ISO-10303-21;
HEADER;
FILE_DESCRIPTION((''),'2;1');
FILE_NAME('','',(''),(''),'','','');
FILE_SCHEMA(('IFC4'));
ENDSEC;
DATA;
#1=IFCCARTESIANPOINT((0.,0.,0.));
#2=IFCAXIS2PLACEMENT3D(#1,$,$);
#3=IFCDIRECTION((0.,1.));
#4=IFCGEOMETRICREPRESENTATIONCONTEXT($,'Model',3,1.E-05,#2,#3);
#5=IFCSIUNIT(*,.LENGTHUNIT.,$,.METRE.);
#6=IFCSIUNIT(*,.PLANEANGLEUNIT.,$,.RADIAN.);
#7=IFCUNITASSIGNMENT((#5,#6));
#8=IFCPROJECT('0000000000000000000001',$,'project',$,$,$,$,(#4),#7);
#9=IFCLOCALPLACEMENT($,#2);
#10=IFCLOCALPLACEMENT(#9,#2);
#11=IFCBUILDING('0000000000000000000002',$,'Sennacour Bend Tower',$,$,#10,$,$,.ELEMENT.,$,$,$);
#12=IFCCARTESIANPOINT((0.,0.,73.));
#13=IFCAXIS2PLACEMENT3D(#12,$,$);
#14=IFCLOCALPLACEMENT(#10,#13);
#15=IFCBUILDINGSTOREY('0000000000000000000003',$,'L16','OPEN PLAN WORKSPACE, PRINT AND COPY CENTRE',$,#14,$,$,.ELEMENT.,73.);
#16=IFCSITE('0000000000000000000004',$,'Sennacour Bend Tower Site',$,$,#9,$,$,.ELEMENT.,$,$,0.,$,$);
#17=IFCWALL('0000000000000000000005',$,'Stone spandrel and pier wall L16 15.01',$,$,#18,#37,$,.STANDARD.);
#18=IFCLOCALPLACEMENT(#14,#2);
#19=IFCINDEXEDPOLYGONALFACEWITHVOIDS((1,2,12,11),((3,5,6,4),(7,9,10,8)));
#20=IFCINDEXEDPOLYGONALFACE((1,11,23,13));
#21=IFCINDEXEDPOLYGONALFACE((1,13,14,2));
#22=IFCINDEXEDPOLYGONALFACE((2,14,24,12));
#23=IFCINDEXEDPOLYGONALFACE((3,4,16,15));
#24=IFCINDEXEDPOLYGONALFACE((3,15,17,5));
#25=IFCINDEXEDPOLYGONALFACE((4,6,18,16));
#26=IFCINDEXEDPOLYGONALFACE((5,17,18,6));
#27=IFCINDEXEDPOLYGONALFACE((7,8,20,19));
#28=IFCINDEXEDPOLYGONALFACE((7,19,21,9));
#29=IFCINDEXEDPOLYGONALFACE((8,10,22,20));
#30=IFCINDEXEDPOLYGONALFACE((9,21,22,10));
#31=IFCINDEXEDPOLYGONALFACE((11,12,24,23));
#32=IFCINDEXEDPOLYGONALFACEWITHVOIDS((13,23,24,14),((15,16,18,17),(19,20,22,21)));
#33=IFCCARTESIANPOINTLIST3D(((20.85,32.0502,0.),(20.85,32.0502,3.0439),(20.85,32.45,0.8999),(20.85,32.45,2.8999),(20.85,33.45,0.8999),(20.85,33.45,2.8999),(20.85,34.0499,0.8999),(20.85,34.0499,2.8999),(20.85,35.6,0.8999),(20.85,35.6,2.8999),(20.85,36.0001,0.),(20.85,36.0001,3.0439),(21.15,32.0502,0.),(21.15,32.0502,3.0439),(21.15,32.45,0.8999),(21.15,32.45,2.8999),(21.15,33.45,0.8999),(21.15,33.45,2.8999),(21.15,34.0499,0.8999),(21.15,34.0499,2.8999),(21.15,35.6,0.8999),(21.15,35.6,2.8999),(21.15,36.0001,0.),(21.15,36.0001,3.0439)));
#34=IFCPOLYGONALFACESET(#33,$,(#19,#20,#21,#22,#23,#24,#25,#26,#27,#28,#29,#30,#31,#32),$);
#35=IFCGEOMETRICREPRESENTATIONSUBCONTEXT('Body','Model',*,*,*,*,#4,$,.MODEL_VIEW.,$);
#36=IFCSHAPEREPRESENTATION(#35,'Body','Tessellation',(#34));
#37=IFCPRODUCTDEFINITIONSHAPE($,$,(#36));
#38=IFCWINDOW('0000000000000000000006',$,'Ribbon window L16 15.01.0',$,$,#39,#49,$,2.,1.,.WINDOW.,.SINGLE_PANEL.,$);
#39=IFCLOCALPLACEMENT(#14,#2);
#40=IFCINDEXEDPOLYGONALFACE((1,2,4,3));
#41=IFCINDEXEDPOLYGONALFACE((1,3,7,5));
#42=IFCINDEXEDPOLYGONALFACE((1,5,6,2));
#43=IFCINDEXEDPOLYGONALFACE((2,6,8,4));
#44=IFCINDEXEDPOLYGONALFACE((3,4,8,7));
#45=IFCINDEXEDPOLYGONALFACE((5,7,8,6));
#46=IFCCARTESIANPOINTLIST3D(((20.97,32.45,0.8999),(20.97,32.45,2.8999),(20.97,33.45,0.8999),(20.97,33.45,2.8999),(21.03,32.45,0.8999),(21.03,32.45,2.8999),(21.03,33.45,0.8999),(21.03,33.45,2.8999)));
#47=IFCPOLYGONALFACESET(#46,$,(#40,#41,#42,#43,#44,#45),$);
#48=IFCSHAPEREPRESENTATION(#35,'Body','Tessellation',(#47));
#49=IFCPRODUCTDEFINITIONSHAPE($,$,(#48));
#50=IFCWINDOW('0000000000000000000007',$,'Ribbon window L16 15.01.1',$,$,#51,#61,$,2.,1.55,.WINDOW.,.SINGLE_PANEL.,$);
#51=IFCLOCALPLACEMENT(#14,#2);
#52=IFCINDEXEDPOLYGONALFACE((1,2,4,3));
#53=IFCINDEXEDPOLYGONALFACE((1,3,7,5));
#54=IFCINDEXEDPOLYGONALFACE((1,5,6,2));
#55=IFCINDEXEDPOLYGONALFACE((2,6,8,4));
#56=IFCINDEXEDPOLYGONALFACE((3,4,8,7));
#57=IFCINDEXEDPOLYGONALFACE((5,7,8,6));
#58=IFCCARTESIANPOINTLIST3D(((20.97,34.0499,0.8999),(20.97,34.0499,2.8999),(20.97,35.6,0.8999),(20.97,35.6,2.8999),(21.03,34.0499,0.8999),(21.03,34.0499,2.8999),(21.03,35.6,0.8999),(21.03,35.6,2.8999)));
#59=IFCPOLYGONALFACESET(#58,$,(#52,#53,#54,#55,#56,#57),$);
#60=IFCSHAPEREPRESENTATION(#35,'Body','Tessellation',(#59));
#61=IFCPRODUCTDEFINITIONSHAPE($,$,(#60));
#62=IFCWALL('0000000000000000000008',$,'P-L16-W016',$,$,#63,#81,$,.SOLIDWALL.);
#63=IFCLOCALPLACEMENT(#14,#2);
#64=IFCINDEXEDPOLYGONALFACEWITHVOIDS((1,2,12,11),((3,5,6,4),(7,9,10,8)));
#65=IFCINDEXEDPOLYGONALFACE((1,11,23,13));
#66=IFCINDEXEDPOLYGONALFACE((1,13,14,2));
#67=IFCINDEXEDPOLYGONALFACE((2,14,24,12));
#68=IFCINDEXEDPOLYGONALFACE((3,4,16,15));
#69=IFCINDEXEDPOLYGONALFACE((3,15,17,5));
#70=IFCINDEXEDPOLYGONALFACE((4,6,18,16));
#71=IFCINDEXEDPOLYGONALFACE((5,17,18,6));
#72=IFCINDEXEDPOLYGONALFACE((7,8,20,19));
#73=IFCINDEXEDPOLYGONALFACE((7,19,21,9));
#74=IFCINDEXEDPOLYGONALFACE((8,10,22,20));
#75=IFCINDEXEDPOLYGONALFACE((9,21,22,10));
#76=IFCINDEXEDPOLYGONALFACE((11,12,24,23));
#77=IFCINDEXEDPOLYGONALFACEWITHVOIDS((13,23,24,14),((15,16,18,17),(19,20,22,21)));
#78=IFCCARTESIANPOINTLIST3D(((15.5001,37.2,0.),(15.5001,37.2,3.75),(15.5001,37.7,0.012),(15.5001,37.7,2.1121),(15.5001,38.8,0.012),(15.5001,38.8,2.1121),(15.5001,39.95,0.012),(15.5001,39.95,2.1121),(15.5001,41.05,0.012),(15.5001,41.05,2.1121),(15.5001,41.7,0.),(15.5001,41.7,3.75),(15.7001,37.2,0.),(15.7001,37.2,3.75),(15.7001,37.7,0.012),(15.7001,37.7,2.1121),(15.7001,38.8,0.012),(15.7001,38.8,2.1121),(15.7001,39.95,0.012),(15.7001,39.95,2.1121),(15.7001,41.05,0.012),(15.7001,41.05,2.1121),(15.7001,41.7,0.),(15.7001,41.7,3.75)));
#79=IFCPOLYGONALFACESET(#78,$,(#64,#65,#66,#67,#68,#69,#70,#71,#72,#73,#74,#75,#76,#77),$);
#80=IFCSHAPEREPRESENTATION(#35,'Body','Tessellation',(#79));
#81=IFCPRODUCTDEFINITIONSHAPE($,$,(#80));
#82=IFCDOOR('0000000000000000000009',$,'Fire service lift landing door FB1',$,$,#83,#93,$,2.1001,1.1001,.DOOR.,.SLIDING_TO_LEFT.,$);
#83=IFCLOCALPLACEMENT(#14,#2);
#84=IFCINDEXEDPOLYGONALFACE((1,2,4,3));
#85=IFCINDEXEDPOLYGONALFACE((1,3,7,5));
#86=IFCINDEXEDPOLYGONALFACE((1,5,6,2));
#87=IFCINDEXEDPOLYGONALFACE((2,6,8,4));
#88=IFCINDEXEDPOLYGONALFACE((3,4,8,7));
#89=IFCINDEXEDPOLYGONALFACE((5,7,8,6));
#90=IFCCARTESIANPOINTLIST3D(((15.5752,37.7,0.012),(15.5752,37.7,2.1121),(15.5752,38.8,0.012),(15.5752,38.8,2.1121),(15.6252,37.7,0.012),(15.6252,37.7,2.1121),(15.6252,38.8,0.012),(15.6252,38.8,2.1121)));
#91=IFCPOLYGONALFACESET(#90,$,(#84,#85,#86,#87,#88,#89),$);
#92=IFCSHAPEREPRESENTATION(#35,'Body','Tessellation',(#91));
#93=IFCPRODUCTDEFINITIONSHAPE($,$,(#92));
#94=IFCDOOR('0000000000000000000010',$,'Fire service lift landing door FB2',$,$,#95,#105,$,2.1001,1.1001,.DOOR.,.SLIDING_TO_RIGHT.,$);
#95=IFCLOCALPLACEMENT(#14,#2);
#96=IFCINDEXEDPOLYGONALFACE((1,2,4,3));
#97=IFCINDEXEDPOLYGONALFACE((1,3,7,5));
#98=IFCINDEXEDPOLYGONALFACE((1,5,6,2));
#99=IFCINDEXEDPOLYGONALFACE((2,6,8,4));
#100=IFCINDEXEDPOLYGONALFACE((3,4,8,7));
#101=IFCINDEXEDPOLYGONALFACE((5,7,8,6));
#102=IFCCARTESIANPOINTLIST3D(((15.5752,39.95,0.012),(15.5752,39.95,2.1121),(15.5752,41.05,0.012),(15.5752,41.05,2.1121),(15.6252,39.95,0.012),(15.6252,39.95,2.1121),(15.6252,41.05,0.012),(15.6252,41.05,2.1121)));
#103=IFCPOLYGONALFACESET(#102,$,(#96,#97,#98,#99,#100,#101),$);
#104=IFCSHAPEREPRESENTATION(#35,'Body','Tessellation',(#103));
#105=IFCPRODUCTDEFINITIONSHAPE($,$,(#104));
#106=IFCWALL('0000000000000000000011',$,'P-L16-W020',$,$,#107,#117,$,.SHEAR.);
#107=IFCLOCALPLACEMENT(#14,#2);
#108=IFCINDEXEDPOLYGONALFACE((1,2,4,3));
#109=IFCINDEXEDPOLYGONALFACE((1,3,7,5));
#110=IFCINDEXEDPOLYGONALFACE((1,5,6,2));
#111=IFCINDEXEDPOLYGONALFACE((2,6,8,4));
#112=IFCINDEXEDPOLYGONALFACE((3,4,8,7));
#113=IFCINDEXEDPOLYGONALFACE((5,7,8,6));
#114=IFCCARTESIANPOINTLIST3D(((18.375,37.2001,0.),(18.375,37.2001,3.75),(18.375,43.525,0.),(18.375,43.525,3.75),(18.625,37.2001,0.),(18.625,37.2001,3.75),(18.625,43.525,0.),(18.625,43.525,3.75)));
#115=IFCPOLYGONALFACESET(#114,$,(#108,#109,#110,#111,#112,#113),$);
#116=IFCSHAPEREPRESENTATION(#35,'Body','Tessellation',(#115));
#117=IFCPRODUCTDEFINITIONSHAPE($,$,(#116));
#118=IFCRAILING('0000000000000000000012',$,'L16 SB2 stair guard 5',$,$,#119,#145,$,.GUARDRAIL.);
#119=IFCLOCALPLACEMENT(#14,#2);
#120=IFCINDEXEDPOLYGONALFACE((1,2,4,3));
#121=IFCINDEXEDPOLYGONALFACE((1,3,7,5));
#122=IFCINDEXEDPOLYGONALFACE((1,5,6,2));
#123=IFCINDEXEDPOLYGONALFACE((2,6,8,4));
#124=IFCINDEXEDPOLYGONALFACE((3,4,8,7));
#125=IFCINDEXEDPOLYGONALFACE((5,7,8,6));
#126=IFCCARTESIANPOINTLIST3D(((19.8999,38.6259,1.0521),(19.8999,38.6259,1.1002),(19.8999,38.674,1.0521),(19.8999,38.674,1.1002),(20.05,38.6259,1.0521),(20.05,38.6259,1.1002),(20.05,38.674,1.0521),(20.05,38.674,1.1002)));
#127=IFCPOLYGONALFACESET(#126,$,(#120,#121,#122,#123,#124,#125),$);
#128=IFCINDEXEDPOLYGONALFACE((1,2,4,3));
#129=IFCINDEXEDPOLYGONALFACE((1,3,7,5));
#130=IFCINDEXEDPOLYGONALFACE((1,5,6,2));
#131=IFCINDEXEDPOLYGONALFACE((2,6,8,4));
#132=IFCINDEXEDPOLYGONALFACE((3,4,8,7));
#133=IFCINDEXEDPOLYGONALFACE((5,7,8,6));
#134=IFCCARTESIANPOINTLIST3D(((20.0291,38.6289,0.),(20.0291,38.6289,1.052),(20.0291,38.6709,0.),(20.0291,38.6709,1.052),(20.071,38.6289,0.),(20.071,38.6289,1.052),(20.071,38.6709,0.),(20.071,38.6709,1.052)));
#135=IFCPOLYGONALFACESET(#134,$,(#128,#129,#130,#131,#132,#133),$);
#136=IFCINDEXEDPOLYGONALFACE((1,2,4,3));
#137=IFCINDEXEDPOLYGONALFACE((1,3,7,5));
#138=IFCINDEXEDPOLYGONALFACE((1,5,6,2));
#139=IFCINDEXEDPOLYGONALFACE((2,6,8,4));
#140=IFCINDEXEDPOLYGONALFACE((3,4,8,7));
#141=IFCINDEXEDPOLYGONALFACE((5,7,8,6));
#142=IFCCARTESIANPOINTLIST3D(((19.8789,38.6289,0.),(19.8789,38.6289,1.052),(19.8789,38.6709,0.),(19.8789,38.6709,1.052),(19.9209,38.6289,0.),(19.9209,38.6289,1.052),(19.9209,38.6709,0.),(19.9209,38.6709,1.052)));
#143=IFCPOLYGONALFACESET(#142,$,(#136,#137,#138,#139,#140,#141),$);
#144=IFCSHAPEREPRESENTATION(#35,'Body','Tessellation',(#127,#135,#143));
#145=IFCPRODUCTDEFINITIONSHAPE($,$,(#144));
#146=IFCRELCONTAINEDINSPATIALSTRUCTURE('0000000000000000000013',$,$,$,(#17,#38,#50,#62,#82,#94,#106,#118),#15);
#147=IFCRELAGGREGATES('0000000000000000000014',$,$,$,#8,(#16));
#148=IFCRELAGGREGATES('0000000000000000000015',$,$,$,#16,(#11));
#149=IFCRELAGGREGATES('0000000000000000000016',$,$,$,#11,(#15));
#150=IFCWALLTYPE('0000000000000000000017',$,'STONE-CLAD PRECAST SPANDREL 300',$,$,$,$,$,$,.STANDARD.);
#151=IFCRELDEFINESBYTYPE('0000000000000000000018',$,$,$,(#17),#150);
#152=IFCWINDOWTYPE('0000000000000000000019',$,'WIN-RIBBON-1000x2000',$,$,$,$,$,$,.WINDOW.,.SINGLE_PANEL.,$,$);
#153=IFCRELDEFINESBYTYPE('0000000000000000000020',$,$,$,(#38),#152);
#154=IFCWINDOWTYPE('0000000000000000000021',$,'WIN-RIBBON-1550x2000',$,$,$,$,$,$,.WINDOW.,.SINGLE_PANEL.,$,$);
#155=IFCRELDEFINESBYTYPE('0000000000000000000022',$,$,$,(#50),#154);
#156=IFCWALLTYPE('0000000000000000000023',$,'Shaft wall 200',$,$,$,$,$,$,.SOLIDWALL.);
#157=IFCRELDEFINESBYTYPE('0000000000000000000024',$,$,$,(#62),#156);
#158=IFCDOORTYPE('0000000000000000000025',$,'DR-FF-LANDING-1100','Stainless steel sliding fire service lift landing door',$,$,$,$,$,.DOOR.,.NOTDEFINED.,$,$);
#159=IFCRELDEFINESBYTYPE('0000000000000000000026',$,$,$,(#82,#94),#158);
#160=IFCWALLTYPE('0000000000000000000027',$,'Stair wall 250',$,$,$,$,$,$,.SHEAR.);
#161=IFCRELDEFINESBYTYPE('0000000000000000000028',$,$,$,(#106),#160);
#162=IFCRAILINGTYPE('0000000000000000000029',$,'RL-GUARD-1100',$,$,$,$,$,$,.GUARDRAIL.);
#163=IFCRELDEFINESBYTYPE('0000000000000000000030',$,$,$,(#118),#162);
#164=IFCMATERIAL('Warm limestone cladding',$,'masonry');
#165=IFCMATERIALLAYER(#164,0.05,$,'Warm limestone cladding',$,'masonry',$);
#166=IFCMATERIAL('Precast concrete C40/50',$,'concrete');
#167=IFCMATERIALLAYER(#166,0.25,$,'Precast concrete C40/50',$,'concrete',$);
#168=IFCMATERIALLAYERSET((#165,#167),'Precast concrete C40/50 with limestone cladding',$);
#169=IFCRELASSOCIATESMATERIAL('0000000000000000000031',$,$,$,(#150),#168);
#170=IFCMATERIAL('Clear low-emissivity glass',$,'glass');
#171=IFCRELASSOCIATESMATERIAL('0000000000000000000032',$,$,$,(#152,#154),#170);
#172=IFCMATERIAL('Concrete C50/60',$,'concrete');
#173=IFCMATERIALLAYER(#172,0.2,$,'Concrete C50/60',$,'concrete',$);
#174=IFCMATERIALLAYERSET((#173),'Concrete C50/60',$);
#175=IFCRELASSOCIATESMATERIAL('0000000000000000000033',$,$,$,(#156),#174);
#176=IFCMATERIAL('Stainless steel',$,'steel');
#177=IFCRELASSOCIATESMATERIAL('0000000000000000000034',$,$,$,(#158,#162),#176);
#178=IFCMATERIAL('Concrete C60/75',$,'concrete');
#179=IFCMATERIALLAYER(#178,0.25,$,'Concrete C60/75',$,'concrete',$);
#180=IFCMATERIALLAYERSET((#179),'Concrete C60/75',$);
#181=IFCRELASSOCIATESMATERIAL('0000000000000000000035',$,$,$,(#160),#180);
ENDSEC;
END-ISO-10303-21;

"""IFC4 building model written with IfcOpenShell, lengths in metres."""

from ifc_helpers import new_model, si_unit, direction, frame, frame_2d, origin, origin_2d, place, context, subcontext, project, spatial, rectangle, extrude, material, layer, layer_set, type_object, element, fill, save


model = new_model("IFC4")

# Units and contexts
model_context = context("Model", 3, precision=1e-05, world=origin(), true_north=direction((0.0, 1.0)))
body_context = subcontext(model_context, "Body", "Model", "MODEL_VIEW")
ifc_project = project(units=[si_unit("LENGTHUNIT", "METRE"), si_unit("PLANEANGLEUNIT", "RADIAN")], contexts=[model_context])

# Site, building, storey
site_placement = place(None, origin())
site = spatial("IfcSite", under=ifc_project, at=site_placement, Name="Sennacour Bend Tower Site", CompositionType="ELEMENT", RefElevation=0.0)
building_placement = place(site_placement, origin())
building = spatial("IfcBuilding", under=site, at=building_placement, Name="Sennacour Bend Tower", CompositionType="ELEMENT")
storey_placement = place(building_placement, frame((0.0, 0.0, 73.0)))
storey = spatial("IfcBuildingStorey", under=building, at=storey_placement, Name="L16", Description="OPEN PLAN WORKSPACE, PRINT AND COPY CENTRE", CompositionType="ELEMENT", Elevation=73.0)

# Shared definitions
ifc_material_1 = material(Name="Warm limestone cladding", Category="masonry")
ifc_layer_1 = layer(ifc_material_1, 0.05, Name="Warm limestone cladding", Category="masonry")
ifc_material_2 = material(Name="Precast concrete C40/50", Category="concrete")
ifc_layer_2 = layer(ifc_material_2, 0.25, Name="Precast concrete C40/50", Category="concrete")
ifc_layer_set_1 = layer_set([ifc_layer_1, ifc_layer_2], Name="Precast concrete C40/50 with limestone cladding")
wall_type_1 = type_object("IfcWallType", Name="STONE-CLAD PRECAST SPANDREL 300", PredefinedType="STANDARD", material=ifc_layer_set_1)

# Wall, openings, windows
wall_1_placement = place(storey_placement, frame((21.0, 32.05, 0.0), z_axis=(0.0, 0.0, 1.0), x_axis=(0.0, 1.0, 0.0)))
wall_1 = element("IfcWall", 1, at=wall_1_placement, inside=storey, type_object=wall_type_1, Name="Stone spandrel and pier wall L16 15.01", PredefinedType="STANDARD", context=body_context, shape_type="SweptSolid", body=[
    extrude(rectangle(XDim=3.95, YDim=0.3, at=frame_2d((1.9751, 0.0))), origin(), (0.0, 0.0, 1.0), 3.0439),
])
opening_1_placement = place(wall_1_placement, frame((0.3999, 0.0, 0.8999)))
opening_1 = element("IfcOpeningElement", 2, at=opening_1_placement, cuts=wall_1, PredefinedType="OPENING", context=body_context, shape_type="SweptSolid", body=[
    extrude(rectangle(XDim=1.0, YDim=2.0, at=frame_2d((0.5, 1.0))), frame((0.0, 0.1602, 0.0), z_axis=(0.0, -1.0, 0.0), x_axis=(1.0, 0.0, 0.0)), (0.0, 0.0, 1.0), 0.3201),
])
opening_2_placement = place(wall_1_placement, frame((2.0, 0.0, 0.8999)))
opening_2 = element("IfcOpeningElement", 3, at=opening_2_placement, cuts=wall_1, PredefinedType="OPENING", context=body_context, shape_type="SweptSolid", body=[
    extrude(rectangle(XDim=1.55, YDim=2.0, at=frame_2d((0.7749, 1.0))), frame((0.0, 0.1602, 0.0), z_axis=(0.0, -1.0, 0.0), x_axis=(1.0, 0.0, 0.0)), (0.0, 0.0, 1.0), 0.3201),
])
ifc_material_3 = material(Name="Clear low-emissivity glass", Category="glass")
window_type_1 = type_object("IfcWindowType", Name="WIN-RIBBON-1000x2000", PartitioningType="SINGLE_PANEL", PredefinedType="WINDOW", material=ifc_material_3)
window_1_placement = place(opening_1_placement, origin())
window_1 = element("IfcWindow", 4, at=window_1_placement, inside=storey, type_object=window_type_1, Name="Ribbon window L16 15.01.0", OverallHeight=2.0, OverallWidth=1.0, PartitioningType="SINGLE_PANEL", PredefinedType="WINDOW", context=body_context, shape_type="SweptSolid", body=[
    extrude(rectangle(XDim=1.0, YDim=2.0, at=frame_2d((0.5, 1.0))), frame((0.0, 0.03, 0.0), z_axis=(0.0, -1.0, 0.0), x_axis=(1.0, 0.0, 0.0)), (0.0, 0.0, 1.0), 0.0601),
])
fill(opening_1, window_1)
window_type_2 = type_object("IfcWindowType", Name="WIN-RIBBON-1550x2000", PartitioningType="SINGLE_PANEL", PredefinedType="WINDOW", material=ifc_material_3)
window_2_placement = place(opening_2_placement, origin())
window_2 = element("IfcWindow", 5, at=window_2_placement, inside=storey, type_object=window_type_2, Name="Ribbon window L16 15.01.1", OverallHeight=2.0, OverallWidth=1.55, PartitioningType="SINGLE_PANEL", PredefinedType="WINDOW", context=body_context, shape_type="SweptSolid", body=[
    extrude(rectangle(XDim=1.55, YDim=2.0, at=frame_2d((0.7749, 1.0))), frame((0.0, 0.03, 0.0), z_axis=(0.0, -1.0, 0.0), x_axis=(1.0, 0.0, 0.0)), (0.0, 0.0, 1.0), 0.0601),
])
fill(opening_2, window_2)

# Wall, openings, doors
ifc_material_4 = material(Name="Concrete C50/60", Category="concrete")
ifc_layer_3 = layer(ifc_material_4, 0.2, Name="Concrete C50/60", Category="concrete")
ifc_layer_set_2 = layer_set([ifc_layer_3], Name="Concrete C50/60")
wall_type_2 = type_object("IfcWallType", Name="Shaft wall 200", PredefinedType="SOLIDWALL", material=ifc_layer_set_2)
wall_2_placement = place(storey_placement, frame((15.6001, 37.2, 0.0), z_axis=(0.0, 0.0, 1.0), x_axis=(0.0, 1.0, 0.0)))
wall_2 = element("IfcWall", 6, at=wall_2_placement, inside=storey, type_object=wall_type_2, Name="P-L16-W016", PredefinedType="SOLIDWALL", context=body_context, shape_type="SweptSolid", body=[
    extrude(rectangle(XDim=4.5, YDim=0.2, at=frame_2d((2.25, 0.0))), origin(), (0.0, 0.0, 1.0), 3.75),
])
opening_3_placement = place(wall_2_placement, frame((0.5, 0.0, 0.012)))
opening_3 = element("IfcOpeningElement", 7, at=opening_3_placement, cuts=wall_2, PredefinedType="OPENING", context=body_context, shape_type="SweptSolid", body=[
    extrude(rectangle(XDim=1.1001, YDim=2.1001, at=frame_2d((0.55, 1.05))), frame((0.0, 0.1099, 0.0), z_axis=(0.0, -1.0, 0.0), x_axis=(1.0, 0.0, 0.0)), (0.0, 0.0, 1.0), 0.22),
])
opening_4_placement = place(wall_2_placement, frame((2.75, 0.0, 0.012)))
opening_4 = element("IfcOpeningElement", 8, at=opening_4_placement, cuts=wall_2, PredefinedType="OPENING", context=body_context, shape_type="SweptSolid", body=[
    extrude(rectangle(XDim=1.1001, YDim=2.1001, at=frame_2d((0.55, 1.05))), frame((0.0, 0.1099, 0.0), z_axis=(0.0, -1.0, 0.0), x_axis=(1.0, 0.0, 0.0)), (0.0, 0.0, 1.0), 0.22),
])
ifc_material_5 = material(Name="Stainless steel", Category="steel")
door_type = type_object("IfcDoorType", Name="DR-FF-LANDING-1100", Description="Stainless steel sliding fire service lift landing door", OperationType="NOTDEFINED", PredefinedType="DOOR", material=ifc_material_5)
door_1_placement = place(opening_3_placement, origin())
door_1 = element("IfcDoor", 9, at=door_1_placement, inside=storey, type_object=door_type, Name="Fire service lift landing door FB1", OperationType="SLIDING_TO_LEFT", OverallHeight=2.1001, OverallWidth=1.1001, PredefinedType="DOOR", context=body_context, shape_type="SweptSolid", body=[
    extrude(rectangle(XDim=1.1001, YDim=2.1001, at=frame_2d((0.55, 1.05))), frame((0.0, 0.0249, 0.0), z_axis=(0.0, -1.0, 0.0), x_axis=(1.0, 0.0, 0.0)), (0.0, 0.0, 1.0), 0.05),
])
fill(opening_3, door_1)
door_2_placement = place(opening_4_placement, origin())
door_2 = element("IfcDoor", 10, at=door_2_placement, inside=storey, type_object=door_type, Name="Fire service lift landing door FB2", OperationType="SLIDING_TO_RIGHT", OverallHeight=2.1001, OverallWidth=1.1001, PredefinedType="DOOR", context=body_context, shape_type="SweptSolid", body=[
    extrude(rectangle(XDim=1.1001, YDim=2.1001, at=frame_2d((0.55, 1.05))), frame((0.0, 0.0249, 0.0), z_axis=(0.0, -1.0, 0.0), x_axis=(1.0, 0.0, 0.0)), (0.0, 0.0, 1.0), 0.05),
])
fill(opening_4, door_2)

# Wall
ifc_material_6 = material(Name="Concrete C60/75", Category="concrete")
ifc_layer_4 = layer(ifc_material_6, 0.25, Name="Concrete C60/75", Category="concrete")
ifc_layer_set_3 = layer_set([ifc_layer_4], Name="Concrete C60/75")
wall_type_3 = type_object("IfcWallType", Name="Stair wall 250", PredefinedType="SHEAR", material=ifc_layer_set_3)
wall_3_placement = place(storey_placement, frame((18.5, 37.2, 0.0), z_axis=(0.0, 0.0, 1.0), x_axis=(0.0, 1.0, 0.0)))
element("IfcWall", 11, at=wall_3_placement, inside=storey, type_object=wall_type_3, Name="P-L16-W020", PredefinedType="SHEAR", context=body_context, shape_type="SweptSolid", body=[
    extrude(rectangle(XDim=6.325, YDim=0.25, at=frame_2d((3.1626, 0.0))), origin(), (0.0, 0.0, 1.0), 3.75),
])

# Railing
railing_type = type_object("IfcRailingType", Name="RL-GUARD-1100", PredefinedType="GUARDRAIL", material=ifc_material_5)
railing_placement = place(storey_placement, frame((20.05, 38.6499, 0.0)))
element("IfcRailing", 12, at=railing_placement, inside=storey, type_object=railing_type, Name="L16 SB2 stair guard 5", PredefinedType="GUARDRAIL", context=body_context, shape_type="SweptSolid", body=[
    extrude(rectangle(XDim=0.0481, YDim=0.0481, at=origin_2d()), frame((0.0, 0.0, 1.0762), z_axis=(-1.0, 0.0, 0.0), x_axis=(0.0, -1.0, 0.0)), (0.0, 0.0, 1.0), 0.1501),
    extrude(rectangle(XDim=0.042, YDim=0.042, at=origin_2d()), origin(), (0.0, 0.0, 1.0), 1.052),
    extrude(rectangle(XDim=0.042, YDim=0.042, at=origin_2d()), frame((-0.1501, 0.0, 0.0)), (0.0, 0.0, 1.0), 1.052),
])

save(model, "model.ifc")
